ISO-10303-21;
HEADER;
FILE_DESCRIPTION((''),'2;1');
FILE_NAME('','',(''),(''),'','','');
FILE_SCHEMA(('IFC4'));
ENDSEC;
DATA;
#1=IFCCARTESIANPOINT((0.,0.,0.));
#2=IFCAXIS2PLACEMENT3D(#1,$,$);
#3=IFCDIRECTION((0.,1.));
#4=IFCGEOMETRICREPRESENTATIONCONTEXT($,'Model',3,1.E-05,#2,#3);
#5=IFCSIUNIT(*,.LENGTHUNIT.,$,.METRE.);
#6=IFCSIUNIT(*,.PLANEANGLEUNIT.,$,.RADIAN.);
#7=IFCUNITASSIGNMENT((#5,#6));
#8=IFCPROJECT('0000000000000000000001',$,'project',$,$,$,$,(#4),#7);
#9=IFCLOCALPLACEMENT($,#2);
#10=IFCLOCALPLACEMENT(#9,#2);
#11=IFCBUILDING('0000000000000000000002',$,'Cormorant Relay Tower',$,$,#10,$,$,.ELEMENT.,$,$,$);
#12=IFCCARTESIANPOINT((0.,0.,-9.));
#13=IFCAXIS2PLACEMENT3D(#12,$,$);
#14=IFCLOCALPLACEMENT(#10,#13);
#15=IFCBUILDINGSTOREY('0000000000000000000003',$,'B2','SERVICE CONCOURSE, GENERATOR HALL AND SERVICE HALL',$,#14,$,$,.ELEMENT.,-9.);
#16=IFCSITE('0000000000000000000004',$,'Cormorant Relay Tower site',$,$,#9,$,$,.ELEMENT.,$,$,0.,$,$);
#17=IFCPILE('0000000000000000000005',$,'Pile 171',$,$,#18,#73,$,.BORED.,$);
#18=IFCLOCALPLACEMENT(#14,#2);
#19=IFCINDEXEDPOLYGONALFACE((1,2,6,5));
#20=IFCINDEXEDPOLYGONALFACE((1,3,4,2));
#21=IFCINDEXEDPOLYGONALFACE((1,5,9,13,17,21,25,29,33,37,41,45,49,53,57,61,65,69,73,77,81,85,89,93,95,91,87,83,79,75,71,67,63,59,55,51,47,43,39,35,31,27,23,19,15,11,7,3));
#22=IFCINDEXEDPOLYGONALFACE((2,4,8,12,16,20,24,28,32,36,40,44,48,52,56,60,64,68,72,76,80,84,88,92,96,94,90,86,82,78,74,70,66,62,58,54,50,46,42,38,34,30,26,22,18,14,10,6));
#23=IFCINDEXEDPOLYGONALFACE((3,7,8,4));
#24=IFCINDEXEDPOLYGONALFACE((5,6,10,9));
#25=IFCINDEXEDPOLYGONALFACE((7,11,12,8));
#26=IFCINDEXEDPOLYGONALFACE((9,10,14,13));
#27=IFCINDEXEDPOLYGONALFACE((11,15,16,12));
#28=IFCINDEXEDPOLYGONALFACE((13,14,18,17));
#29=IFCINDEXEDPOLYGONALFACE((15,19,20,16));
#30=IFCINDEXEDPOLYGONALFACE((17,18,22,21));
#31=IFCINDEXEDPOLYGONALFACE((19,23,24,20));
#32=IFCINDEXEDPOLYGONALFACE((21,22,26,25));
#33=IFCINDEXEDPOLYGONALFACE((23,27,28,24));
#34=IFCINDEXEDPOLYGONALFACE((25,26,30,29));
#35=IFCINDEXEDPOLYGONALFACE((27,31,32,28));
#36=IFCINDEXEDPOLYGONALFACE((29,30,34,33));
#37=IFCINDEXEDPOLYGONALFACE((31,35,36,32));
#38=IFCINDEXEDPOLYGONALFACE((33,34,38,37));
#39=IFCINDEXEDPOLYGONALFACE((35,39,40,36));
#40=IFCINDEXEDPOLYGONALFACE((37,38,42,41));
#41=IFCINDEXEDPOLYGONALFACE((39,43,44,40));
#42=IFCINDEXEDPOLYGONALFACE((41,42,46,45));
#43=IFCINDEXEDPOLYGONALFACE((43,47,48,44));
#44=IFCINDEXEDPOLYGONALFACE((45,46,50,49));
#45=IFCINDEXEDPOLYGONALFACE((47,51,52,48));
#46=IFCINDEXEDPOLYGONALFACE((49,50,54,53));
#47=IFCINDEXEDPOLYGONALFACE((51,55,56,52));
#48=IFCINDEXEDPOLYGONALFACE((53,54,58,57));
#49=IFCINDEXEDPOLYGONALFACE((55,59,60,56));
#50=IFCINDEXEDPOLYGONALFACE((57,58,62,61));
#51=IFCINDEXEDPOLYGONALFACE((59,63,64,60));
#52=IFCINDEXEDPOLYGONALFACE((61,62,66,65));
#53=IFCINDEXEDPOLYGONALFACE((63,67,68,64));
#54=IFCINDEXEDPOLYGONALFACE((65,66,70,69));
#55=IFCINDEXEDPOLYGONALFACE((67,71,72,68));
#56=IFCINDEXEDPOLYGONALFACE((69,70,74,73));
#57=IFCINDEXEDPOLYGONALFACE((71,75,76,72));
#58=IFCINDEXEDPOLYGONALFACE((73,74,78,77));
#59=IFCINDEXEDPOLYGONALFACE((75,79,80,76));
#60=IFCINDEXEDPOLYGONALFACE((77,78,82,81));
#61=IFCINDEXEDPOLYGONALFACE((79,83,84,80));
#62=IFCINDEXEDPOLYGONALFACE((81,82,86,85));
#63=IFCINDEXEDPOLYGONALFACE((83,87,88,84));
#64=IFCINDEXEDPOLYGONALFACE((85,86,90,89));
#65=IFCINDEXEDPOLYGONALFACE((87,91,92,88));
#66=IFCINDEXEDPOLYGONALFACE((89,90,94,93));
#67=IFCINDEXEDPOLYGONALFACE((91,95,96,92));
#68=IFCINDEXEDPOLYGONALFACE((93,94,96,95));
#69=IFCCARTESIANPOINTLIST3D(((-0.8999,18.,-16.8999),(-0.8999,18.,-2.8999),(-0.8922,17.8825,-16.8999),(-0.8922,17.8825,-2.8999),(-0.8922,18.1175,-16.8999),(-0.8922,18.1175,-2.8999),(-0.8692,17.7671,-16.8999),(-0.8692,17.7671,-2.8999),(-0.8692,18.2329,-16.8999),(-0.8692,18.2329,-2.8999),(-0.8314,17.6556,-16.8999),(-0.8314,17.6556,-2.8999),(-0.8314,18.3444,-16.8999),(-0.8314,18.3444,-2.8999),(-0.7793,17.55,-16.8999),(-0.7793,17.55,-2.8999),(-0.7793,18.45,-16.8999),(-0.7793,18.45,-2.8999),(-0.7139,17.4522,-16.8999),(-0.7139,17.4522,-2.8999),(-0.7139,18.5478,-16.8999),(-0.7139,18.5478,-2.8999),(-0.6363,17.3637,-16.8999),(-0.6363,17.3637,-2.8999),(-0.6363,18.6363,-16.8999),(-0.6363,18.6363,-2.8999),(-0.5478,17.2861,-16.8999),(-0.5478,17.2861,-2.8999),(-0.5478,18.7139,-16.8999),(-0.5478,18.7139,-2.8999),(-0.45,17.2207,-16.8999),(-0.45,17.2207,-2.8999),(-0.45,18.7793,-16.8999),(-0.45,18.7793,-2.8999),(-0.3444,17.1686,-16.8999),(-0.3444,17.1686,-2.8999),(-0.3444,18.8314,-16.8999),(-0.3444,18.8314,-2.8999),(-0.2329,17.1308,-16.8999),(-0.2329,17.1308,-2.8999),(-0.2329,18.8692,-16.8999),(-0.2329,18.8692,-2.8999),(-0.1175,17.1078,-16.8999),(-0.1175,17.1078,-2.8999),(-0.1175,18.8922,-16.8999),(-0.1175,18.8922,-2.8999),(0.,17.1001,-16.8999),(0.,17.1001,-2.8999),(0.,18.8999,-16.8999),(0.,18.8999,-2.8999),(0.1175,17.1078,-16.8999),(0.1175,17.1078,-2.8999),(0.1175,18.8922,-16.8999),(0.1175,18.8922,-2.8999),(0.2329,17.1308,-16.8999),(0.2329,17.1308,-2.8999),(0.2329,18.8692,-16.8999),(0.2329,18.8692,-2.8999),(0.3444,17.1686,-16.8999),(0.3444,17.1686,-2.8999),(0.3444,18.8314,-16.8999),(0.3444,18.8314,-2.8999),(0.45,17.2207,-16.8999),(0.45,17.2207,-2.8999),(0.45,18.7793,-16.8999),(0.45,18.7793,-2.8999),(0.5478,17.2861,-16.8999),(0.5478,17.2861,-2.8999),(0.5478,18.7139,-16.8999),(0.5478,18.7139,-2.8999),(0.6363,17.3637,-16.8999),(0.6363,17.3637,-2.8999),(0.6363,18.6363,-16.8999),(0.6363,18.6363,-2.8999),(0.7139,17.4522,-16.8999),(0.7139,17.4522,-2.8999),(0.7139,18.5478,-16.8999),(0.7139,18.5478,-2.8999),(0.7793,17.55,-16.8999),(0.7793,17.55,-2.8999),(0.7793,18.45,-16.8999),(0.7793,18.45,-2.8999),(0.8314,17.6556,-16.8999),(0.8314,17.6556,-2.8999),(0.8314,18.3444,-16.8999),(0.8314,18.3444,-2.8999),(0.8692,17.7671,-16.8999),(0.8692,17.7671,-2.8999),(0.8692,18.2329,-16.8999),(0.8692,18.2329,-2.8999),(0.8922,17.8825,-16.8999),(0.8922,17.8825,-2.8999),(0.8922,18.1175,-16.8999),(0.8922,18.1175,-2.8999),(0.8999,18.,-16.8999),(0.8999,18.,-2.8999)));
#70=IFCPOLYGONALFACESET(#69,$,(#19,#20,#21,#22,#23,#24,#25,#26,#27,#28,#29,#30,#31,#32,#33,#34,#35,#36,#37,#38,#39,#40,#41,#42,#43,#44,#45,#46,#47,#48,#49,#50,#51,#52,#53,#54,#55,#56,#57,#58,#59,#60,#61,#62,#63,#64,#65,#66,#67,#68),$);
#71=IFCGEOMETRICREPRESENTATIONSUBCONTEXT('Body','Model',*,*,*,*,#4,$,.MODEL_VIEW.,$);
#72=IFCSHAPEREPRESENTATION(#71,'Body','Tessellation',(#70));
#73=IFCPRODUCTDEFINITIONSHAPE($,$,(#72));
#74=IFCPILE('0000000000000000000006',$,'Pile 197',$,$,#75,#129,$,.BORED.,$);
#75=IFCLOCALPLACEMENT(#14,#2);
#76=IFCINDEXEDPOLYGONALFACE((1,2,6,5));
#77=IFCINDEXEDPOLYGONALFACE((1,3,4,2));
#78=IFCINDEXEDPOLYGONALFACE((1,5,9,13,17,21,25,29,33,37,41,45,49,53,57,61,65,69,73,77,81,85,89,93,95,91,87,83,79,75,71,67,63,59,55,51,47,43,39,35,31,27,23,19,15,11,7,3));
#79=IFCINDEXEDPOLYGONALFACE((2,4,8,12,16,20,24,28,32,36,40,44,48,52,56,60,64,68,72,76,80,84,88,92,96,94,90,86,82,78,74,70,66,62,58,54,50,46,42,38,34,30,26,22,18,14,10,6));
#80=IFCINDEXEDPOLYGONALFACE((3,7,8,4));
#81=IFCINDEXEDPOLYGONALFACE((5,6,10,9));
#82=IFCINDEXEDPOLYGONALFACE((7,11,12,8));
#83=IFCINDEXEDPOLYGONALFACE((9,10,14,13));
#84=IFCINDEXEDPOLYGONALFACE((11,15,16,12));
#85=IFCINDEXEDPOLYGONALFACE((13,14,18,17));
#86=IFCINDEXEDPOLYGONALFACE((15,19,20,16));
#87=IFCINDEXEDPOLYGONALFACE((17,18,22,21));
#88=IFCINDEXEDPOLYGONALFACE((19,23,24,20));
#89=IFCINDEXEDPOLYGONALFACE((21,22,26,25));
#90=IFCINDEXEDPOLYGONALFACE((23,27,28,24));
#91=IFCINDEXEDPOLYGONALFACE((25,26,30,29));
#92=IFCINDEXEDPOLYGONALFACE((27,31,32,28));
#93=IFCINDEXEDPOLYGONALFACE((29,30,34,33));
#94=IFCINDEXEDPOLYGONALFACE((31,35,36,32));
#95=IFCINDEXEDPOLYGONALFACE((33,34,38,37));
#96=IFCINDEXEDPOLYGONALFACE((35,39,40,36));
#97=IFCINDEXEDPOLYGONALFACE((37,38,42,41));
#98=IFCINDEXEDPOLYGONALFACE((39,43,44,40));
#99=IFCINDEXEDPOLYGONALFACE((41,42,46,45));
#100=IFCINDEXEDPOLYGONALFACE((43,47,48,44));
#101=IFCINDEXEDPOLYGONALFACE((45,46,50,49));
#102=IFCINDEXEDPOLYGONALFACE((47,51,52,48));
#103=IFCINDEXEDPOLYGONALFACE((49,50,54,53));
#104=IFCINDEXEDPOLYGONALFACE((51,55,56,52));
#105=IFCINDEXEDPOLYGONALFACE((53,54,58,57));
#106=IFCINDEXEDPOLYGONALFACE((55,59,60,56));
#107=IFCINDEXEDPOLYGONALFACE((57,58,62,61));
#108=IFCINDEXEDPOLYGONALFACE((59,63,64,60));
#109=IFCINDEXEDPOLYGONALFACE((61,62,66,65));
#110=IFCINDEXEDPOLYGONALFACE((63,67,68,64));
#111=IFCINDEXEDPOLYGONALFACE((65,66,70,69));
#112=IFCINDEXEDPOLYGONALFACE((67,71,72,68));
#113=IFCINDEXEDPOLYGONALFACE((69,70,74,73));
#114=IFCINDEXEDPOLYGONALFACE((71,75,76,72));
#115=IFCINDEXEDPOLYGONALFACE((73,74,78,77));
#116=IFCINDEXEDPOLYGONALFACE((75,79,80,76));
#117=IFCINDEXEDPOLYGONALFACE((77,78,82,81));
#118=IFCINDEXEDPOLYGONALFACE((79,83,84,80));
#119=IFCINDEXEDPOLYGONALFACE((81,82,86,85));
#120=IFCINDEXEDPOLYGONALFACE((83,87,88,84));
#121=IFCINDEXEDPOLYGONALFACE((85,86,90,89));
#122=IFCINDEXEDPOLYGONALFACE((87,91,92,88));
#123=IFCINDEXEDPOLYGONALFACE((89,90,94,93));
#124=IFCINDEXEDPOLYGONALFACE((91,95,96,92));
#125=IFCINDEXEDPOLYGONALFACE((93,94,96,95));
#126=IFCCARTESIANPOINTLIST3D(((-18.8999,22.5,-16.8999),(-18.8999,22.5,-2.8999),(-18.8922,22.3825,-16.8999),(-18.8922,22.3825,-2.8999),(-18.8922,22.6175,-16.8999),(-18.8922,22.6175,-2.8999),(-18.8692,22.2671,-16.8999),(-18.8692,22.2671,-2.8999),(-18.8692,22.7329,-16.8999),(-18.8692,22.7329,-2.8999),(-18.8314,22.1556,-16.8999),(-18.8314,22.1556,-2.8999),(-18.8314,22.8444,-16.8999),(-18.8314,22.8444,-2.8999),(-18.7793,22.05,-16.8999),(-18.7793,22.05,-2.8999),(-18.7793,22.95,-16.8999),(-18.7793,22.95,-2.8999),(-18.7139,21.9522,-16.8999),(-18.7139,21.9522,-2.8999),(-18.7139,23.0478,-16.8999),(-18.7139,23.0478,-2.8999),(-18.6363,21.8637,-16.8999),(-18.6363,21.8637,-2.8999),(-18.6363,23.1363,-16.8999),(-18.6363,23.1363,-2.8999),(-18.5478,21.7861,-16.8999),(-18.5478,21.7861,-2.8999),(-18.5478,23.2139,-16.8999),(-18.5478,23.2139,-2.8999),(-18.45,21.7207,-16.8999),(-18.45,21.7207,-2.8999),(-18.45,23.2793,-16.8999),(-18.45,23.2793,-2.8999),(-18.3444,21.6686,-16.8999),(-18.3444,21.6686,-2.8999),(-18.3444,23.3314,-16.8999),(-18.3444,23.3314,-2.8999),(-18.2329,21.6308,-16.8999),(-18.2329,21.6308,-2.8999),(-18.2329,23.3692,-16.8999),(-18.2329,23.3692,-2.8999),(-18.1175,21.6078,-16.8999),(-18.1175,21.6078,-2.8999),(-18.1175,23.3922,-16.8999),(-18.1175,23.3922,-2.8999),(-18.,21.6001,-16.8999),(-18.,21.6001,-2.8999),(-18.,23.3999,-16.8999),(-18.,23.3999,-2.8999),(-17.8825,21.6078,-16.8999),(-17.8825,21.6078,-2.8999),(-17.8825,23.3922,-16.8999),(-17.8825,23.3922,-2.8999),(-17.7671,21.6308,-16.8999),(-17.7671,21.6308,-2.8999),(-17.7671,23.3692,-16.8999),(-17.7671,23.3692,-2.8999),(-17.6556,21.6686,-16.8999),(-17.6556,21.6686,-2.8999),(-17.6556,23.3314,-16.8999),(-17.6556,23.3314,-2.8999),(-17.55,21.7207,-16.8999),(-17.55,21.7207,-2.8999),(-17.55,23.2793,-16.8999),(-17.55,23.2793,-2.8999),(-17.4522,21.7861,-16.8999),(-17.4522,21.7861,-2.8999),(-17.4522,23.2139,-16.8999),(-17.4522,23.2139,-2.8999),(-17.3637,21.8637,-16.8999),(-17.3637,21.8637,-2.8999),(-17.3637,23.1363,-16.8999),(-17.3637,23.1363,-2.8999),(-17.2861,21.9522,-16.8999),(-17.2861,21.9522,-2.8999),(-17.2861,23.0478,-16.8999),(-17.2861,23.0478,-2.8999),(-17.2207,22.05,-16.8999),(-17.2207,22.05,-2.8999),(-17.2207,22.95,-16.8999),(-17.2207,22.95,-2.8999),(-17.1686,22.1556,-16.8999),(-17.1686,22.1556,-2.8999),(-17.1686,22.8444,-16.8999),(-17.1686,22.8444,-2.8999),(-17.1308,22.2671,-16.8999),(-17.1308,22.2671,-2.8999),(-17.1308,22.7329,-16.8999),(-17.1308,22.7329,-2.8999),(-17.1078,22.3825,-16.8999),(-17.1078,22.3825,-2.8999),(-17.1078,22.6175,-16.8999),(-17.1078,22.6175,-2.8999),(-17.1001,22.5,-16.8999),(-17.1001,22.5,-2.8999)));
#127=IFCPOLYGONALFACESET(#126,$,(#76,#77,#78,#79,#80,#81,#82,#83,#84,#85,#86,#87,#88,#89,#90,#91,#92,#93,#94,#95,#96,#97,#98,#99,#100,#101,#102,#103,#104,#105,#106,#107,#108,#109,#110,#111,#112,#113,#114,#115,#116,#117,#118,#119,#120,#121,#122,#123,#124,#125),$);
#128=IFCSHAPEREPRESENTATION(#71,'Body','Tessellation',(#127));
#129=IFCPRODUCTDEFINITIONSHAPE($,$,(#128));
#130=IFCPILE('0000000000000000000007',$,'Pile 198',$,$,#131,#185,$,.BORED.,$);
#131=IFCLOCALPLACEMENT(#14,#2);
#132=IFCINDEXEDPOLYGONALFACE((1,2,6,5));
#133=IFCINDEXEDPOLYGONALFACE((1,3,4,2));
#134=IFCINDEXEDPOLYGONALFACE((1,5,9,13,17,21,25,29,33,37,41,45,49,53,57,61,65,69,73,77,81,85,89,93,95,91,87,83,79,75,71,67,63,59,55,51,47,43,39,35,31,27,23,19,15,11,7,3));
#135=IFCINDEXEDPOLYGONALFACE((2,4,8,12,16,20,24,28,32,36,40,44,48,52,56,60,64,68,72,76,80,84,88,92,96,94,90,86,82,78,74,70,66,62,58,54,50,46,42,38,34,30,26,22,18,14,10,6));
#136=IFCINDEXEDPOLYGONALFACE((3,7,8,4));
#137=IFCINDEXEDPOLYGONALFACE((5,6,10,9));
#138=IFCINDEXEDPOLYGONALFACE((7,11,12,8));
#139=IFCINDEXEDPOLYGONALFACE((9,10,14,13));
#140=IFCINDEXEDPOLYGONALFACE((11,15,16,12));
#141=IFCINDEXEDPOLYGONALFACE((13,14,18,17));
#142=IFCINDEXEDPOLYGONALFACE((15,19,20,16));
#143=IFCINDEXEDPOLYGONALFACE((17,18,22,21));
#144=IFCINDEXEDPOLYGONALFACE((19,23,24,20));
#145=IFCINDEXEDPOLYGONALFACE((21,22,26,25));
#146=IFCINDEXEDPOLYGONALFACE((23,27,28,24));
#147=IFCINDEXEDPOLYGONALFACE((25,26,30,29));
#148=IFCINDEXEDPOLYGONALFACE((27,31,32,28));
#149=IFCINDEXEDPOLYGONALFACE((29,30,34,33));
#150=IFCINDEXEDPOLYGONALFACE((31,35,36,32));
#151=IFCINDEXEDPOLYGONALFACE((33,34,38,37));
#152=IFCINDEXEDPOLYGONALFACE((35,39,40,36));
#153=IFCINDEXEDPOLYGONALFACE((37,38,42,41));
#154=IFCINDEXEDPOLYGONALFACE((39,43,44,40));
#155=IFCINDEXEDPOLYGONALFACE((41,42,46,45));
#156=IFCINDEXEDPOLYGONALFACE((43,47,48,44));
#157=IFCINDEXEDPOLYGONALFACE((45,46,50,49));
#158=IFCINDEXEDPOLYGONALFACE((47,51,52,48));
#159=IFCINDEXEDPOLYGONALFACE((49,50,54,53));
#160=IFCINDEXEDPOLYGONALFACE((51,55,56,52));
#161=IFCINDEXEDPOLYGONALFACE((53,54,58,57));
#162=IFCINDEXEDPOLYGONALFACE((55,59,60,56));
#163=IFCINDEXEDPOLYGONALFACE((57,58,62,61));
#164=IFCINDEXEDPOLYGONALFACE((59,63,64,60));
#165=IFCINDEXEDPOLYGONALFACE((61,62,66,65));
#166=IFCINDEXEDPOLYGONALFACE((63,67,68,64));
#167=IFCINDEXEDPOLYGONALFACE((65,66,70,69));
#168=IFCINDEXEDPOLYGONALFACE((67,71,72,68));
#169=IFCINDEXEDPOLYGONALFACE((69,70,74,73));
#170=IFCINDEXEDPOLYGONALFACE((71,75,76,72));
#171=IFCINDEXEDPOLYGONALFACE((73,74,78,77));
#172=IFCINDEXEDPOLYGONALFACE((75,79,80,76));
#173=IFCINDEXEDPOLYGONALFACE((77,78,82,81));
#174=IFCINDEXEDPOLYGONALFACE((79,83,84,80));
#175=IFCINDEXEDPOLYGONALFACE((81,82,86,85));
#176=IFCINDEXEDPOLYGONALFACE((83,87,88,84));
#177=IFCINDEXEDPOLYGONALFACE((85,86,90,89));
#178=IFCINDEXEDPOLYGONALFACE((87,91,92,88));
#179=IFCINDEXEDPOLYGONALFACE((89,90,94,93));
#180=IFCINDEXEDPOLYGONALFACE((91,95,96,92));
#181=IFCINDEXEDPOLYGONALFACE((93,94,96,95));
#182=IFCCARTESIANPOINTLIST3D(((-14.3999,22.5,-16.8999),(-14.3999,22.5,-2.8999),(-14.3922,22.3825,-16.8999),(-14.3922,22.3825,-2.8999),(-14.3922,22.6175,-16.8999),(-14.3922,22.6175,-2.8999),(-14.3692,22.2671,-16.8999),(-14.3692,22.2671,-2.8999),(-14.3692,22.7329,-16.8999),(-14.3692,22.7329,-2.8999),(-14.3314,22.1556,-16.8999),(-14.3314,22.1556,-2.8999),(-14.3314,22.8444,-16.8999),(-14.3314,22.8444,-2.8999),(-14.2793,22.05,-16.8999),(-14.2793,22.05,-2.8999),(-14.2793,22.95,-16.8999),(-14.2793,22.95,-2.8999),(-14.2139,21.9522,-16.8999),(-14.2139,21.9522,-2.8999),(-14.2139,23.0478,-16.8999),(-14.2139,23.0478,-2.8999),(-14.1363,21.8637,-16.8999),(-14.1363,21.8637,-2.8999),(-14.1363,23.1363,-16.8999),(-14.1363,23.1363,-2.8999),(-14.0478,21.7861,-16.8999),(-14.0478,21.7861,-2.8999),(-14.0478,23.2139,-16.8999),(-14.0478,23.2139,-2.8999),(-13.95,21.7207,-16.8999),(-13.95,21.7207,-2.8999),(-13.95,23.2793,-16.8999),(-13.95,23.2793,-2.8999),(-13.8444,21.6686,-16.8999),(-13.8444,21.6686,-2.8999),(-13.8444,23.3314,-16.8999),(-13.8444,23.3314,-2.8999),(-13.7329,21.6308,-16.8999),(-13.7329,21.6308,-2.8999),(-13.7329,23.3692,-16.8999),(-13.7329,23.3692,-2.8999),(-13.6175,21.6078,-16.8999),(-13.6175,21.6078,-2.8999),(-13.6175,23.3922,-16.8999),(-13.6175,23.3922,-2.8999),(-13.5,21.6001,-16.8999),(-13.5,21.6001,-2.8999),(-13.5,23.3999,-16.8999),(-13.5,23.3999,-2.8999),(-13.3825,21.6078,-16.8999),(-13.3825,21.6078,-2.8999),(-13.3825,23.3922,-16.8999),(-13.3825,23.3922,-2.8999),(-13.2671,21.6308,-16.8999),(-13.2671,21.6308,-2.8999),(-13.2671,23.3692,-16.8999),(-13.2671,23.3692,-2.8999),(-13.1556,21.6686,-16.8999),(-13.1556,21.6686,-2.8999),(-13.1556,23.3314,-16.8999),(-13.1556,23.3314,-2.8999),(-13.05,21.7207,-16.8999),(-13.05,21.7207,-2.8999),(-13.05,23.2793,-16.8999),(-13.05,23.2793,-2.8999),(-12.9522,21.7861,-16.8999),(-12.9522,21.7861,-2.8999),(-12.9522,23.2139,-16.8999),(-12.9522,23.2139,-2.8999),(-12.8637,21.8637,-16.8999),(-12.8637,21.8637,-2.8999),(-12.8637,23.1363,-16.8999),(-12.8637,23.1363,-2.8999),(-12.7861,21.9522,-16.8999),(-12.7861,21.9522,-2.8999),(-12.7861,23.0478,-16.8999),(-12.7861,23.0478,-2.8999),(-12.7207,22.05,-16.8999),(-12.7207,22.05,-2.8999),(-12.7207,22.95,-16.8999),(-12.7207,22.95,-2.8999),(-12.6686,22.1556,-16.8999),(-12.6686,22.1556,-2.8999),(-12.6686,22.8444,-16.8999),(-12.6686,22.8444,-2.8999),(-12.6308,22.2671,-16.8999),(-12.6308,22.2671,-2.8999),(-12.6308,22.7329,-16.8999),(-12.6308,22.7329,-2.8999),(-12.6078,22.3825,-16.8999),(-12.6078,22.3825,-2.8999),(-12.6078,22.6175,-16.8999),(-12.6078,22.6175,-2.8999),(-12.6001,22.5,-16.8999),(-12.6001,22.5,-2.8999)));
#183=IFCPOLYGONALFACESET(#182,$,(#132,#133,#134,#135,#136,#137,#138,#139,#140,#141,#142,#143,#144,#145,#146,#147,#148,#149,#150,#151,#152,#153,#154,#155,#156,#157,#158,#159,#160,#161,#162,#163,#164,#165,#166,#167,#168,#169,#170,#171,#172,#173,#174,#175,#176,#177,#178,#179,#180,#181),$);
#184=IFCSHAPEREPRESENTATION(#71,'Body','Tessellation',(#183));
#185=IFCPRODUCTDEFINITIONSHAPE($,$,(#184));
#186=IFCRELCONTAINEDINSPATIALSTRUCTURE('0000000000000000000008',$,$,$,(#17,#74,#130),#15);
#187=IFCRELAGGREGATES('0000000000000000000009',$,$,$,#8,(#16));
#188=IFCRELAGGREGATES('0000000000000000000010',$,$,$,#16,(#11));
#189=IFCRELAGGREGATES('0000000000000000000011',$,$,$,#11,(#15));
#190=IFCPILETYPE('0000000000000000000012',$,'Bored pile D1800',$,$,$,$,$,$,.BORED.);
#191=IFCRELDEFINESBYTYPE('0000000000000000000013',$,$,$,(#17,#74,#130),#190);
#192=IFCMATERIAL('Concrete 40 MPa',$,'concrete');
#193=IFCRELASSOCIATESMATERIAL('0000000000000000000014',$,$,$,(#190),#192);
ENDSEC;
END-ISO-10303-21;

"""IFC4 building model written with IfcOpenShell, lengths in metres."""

from ifc_helpers import new_model, si_unit, direction, frame, origin, origin_2d, place, context, subcontext, project, spatial, circle, extrude, material, material_profile, profile_set, type_object, element, save


model = new_model("IFC4")

# Units and contexts
model_context = context("Model", 3, precision=1e-05, world=origin(), true_north=direction((0.0, 1.0)))
body_context = subcontext(model_context, "Body", "Model", "MODEL_VIEW")
ifc_project = project(units=[si_unit("LENGTHUNIT", "METRE"), si_unit("PLANEANGLEUNIT", "RADIAN")], contexts=[model_context])

# Site, building, storey
site_placement = place(None, origin())
site = spatial("IfcSite", under=ifc_project, at=site_placement, Name="Cormorant Relay Tower site", CompositionType="ELEMENT", RefElevation=0.0)
building_placement = place(site_placement, origin())
building = spatial("IfcBuilding", under=site, at=building_placement, Name="Cormorant Relay Tower", CompositionType="ELEMENT")
storey_placement = place(building_placement, frame((0.0, 0.0, -9.0)))
storey = spatial("IfcBuildingStorey", under=building, at=storey_placement, Name="B2", Description="SERVICE CONCOURSE, GENERATOR HALL AND SERVICE HALL", CompositionType="ELEMENT", Elevation=-9.0)

# Piles
ifc_material_1 = material(Name="Concrete 40 MPa", Category="concrete")
ifc_material_profile_1 = material_profile(ifc_material_1, circle(Radius=0.8999, at=origin_2d()), Name="BP1800")
ifc_profile_set_1 = profile_set([ifc_material_profile_1], Name="Concrete 40 MPa")
pile_type = type_object("IfcPileType", Name="Bored pile D1800", PredefinedType="BORED", material=ifc_profile_set_1)
for number, where, z_axis, x_axis, name in (
    (1, (0.0, 18.0, -2.8999), (0.0, 0.0, -1.0), (1.0, 0.0, 0.0), "Pile 171"),
    (2, (-18.0, 22.5, -2.8999), (0.0, 0.0, -1.0), (1.0, 0.0, 0.0), "Pile 197"),
    (3, (-13.5, 22.5, -2.8999), (0.0, 0.0, -1.0), (1.0, 0.0, 0.0), "Pile 198"),
):
    element("IfcPile", number, at=place(storey_placement, frame(where, z_axis=z_axis, x_axis=x_axis)), inside=storey, type_object=pile_type, Name=name, PredefinedType="BORED", context=body_context, shape_type="SweptSolid", body=[
        extrude(circle(Radius=0.8999, at=origin_2d()), origin(), (0.0, 0.0, 1.0), 14.0),
    ])

save(model, "model.ifc")
